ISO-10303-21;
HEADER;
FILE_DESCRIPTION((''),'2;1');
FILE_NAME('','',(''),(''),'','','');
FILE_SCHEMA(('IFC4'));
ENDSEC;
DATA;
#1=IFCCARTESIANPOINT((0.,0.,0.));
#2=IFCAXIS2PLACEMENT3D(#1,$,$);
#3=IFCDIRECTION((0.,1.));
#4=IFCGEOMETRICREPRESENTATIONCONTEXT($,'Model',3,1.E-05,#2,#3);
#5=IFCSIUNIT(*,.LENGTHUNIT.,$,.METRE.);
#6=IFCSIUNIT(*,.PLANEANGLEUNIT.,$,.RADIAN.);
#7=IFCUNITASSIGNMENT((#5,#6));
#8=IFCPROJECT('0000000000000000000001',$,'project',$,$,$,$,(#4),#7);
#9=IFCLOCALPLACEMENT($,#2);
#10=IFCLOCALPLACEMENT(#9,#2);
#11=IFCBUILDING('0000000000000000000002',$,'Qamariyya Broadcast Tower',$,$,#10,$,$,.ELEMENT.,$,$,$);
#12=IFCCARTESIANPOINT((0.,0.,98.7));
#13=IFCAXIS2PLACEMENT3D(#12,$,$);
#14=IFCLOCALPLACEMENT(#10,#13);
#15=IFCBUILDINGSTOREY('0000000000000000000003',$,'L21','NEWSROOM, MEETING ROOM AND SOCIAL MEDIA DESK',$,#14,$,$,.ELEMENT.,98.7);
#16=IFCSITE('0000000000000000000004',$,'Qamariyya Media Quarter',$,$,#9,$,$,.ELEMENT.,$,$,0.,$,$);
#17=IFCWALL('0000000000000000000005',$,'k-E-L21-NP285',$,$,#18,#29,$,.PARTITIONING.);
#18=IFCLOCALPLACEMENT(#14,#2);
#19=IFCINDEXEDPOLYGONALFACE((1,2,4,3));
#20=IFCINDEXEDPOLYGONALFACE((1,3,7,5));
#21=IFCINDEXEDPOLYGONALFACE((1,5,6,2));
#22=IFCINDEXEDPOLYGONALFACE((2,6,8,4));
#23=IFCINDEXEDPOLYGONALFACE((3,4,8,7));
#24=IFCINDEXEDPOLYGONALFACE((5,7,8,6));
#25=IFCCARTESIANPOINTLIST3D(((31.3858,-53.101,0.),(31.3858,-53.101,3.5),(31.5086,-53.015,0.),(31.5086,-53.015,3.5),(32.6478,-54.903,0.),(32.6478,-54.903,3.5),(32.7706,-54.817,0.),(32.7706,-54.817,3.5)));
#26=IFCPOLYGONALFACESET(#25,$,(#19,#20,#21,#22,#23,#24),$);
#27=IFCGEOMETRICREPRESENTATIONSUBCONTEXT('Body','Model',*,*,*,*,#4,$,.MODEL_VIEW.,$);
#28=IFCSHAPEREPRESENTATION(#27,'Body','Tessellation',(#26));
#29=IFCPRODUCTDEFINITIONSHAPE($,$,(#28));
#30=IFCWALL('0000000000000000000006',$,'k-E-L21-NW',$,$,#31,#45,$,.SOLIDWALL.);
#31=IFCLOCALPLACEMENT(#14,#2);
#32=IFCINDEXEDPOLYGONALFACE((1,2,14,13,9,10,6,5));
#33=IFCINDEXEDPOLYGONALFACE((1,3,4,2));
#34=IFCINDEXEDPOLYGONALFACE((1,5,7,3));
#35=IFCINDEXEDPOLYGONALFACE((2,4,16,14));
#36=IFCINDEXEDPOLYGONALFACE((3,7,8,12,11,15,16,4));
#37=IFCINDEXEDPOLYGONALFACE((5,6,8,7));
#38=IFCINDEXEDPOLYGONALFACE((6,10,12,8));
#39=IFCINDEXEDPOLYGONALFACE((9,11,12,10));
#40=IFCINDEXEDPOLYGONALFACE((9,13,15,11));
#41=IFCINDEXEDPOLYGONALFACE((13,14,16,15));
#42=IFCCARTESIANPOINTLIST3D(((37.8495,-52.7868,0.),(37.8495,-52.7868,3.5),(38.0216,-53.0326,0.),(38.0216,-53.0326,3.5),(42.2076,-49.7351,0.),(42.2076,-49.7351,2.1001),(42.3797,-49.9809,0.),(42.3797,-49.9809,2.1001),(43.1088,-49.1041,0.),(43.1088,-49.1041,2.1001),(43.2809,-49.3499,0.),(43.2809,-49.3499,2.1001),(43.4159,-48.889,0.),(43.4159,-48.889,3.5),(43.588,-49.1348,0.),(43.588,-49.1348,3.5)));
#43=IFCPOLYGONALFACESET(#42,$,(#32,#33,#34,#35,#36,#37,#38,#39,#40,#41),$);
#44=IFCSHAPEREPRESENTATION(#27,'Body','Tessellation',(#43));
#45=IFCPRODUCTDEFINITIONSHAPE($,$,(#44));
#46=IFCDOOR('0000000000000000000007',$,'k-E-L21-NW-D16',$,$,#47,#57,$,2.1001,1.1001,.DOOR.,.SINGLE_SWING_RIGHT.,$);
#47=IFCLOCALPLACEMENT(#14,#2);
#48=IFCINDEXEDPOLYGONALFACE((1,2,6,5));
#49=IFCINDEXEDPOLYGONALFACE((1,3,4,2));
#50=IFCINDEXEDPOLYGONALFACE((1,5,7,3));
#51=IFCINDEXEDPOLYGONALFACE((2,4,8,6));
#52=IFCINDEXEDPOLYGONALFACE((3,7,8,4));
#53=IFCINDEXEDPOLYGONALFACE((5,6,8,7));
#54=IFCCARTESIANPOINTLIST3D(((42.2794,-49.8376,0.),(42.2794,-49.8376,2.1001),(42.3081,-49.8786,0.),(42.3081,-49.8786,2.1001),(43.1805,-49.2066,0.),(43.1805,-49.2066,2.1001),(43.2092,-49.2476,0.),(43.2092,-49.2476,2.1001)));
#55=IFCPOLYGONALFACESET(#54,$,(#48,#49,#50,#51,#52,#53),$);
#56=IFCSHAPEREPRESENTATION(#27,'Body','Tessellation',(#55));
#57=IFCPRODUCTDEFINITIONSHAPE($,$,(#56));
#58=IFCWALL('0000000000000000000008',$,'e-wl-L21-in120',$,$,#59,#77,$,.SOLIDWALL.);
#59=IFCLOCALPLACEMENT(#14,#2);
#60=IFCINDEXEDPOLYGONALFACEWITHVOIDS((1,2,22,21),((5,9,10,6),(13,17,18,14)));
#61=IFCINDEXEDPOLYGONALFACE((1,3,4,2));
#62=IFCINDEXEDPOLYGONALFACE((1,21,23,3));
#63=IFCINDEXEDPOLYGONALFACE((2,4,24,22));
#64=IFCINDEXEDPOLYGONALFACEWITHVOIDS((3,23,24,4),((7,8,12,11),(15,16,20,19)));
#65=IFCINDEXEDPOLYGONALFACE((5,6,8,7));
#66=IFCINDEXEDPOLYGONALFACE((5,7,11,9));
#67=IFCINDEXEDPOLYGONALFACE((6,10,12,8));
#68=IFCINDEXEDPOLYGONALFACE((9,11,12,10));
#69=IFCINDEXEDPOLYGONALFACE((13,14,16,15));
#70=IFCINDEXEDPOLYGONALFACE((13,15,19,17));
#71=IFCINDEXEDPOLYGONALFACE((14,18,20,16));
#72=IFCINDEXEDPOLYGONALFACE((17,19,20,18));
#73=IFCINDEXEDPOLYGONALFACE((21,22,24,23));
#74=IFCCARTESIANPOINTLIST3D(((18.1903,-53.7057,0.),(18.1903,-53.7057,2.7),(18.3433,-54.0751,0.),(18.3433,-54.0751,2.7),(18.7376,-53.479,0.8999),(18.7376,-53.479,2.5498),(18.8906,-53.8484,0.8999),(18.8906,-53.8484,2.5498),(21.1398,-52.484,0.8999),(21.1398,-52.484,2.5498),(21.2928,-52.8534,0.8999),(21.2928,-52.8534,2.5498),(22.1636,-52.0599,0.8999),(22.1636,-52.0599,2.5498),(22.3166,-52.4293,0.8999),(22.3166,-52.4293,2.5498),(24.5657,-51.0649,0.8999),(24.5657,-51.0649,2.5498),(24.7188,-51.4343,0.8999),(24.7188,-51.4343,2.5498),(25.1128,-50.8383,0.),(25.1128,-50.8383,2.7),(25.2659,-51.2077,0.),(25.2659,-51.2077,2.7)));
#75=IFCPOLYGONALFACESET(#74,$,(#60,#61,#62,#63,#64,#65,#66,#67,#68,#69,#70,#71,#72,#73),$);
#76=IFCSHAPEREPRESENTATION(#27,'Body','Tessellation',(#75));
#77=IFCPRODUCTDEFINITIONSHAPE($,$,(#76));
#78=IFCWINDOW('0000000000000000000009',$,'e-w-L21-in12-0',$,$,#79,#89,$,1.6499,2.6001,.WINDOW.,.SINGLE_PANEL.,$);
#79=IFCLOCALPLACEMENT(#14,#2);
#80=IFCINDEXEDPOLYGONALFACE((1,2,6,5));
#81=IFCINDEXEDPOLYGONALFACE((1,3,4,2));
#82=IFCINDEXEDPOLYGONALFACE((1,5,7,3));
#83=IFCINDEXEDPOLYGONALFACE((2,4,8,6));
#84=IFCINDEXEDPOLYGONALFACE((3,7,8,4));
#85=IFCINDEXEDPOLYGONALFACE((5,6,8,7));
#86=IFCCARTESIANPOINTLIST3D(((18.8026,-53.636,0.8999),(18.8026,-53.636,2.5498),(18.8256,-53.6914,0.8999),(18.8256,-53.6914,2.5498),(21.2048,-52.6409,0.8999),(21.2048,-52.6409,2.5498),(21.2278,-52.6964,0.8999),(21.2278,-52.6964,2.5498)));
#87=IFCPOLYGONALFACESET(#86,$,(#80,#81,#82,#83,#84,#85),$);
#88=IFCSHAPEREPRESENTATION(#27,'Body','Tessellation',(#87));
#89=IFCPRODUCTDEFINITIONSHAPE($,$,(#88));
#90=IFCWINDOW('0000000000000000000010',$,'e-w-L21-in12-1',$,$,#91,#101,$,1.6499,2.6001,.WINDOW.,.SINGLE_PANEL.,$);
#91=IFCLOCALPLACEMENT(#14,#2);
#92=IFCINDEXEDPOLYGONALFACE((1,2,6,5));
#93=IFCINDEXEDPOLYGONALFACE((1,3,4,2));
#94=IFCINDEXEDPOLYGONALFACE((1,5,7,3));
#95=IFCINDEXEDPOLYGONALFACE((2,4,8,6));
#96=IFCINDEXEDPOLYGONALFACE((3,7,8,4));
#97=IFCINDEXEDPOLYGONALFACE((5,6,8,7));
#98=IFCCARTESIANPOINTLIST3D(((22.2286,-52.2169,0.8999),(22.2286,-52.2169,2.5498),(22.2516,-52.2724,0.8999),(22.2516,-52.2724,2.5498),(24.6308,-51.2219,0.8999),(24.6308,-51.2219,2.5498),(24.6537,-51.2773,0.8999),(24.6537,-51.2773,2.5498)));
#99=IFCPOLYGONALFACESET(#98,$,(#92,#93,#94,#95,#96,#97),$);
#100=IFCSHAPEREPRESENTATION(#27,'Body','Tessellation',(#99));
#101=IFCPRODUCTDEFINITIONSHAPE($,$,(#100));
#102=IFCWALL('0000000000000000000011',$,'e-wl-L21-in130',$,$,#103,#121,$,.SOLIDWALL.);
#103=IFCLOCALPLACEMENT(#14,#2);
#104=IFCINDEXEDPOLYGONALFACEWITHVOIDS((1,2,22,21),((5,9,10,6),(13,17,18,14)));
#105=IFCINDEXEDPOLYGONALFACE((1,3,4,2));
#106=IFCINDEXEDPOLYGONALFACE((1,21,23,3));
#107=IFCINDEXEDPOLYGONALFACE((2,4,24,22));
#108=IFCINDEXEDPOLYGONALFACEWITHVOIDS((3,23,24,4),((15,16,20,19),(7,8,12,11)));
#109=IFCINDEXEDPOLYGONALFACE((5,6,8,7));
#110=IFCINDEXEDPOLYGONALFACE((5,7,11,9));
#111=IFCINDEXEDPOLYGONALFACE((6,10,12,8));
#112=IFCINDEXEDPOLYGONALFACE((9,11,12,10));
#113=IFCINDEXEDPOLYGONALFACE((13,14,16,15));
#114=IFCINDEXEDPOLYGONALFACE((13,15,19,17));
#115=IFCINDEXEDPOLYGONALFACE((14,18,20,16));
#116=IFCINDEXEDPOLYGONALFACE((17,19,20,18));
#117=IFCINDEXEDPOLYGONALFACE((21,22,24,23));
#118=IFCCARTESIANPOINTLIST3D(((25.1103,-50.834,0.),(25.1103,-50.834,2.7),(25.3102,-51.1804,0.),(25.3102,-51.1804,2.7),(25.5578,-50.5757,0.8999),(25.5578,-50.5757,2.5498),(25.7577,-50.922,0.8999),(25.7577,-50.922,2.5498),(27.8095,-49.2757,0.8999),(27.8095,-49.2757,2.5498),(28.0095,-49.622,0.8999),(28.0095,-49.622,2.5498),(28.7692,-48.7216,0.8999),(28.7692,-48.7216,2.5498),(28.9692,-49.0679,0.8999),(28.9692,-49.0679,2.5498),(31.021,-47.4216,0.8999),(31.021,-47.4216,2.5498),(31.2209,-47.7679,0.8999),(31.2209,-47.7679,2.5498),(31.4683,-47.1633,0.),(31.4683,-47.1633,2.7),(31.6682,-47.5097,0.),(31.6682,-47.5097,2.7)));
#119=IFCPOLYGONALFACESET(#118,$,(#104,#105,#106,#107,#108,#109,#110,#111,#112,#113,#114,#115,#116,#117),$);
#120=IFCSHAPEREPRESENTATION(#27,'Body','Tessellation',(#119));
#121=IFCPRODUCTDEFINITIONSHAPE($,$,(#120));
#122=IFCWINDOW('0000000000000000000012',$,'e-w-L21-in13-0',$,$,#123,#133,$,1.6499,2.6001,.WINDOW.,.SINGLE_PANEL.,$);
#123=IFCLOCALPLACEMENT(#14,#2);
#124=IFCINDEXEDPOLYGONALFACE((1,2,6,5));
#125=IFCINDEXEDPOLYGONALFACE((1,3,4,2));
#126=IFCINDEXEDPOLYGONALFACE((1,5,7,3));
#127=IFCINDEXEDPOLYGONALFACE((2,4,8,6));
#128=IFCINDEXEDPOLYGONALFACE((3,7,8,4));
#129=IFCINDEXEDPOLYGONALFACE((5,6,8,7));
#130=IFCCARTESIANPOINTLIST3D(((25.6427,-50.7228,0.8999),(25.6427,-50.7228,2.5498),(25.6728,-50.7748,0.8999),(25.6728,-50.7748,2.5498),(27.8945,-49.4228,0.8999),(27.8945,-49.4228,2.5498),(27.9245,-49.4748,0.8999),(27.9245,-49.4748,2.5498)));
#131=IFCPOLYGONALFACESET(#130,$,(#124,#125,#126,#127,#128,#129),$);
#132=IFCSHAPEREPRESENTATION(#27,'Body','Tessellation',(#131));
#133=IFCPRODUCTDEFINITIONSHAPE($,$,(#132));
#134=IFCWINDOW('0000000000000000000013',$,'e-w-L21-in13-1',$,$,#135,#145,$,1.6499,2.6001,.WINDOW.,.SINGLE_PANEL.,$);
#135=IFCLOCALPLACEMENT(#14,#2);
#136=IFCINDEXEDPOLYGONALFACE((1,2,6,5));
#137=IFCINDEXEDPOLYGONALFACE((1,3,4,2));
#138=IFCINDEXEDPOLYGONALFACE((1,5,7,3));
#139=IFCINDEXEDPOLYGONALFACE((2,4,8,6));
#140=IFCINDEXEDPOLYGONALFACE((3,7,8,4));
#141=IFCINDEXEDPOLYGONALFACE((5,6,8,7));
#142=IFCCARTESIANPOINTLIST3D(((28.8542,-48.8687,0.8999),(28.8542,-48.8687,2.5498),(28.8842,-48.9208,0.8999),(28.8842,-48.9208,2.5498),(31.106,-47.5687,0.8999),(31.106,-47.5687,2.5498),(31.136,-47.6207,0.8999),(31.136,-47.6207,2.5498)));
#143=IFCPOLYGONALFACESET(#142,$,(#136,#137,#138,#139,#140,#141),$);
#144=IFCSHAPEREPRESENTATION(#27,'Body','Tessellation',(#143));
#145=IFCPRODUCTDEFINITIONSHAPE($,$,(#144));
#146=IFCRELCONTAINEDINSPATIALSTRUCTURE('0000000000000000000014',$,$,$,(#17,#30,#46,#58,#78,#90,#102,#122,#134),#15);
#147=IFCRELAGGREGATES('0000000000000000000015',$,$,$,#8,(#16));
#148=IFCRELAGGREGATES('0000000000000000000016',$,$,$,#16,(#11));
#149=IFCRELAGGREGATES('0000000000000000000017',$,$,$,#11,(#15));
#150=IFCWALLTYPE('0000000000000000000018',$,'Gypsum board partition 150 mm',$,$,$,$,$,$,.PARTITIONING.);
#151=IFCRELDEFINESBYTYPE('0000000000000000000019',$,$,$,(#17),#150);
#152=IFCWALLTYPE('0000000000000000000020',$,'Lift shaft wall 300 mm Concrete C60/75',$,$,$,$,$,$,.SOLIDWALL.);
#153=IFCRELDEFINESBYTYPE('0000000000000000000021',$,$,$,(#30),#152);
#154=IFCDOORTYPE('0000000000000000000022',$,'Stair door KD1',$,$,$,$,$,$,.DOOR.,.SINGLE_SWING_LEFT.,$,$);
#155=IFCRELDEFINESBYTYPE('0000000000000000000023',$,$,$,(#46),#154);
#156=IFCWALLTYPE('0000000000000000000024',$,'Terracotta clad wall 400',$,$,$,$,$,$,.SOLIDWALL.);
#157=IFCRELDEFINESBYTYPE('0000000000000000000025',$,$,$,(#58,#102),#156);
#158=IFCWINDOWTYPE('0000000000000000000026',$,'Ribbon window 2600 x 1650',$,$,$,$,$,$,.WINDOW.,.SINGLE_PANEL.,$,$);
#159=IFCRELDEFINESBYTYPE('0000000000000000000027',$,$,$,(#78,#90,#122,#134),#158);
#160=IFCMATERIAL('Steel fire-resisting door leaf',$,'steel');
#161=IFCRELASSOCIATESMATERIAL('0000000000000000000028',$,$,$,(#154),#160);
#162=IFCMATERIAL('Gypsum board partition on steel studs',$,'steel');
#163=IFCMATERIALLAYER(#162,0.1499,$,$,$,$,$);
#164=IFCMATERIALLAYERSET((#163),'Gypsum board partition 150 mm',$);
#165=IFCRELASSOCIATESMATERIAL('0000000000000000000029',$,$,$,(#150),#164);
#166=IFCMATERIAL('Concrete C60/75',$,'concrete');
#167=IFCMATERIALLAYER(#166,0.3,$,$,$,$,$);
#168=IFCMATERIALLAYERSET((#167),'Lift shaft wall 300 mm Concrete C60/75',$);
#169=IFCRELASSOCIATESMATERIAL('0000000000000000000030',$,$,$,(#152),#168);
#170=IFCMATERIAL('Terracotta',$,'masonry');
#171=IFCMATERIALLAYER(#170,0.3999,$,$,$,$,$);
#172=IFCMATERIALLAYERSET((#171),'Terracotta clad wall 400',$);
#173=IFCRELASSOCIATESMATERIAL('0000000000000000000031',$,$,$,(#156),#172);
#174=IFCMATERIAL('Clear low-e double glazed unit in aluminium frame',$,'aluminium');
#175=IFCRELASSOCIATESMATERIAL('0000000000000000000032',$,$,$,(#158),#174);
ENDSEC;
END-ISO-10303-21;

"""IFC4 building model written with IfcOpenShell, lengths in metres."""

from ifc_helpers import new_model, si_unit, direction, frame, frame_2d, origin, place, context, subcontext, project, spatial, rectangle, extrude, material, layer, layer_set, type_object, element, fill, save


model = new_model("IFC4")

# Units and contexts
model_context = context("Model", 3, precision=1e-05, world=origin(), true_north=direction((0.0, 1.0)))
body_context = subcontext(model_context, "Body", "Model", "MODEL_VIEW")
ifc_project = project(units=[si_unit("LENGTHUNIT", "METRE"), si_unit("PLANEANGLEUNIT", "RADIAN")], contexts=[model_context])

# Site, building, storey
site_placement = place(None, origin())
site = spatial("IfcSite", under=ifc_project, at=site_placement, Name="Qamariyya Media Quarter", CompositionType="ELEMENT", RefElevation=0.0)
building_placement = place(site_placement, origin())
building = spatial("IfcBuilding", under=site, at=building_placement, Name="Qamariyya Broadcast Tower", CompositionType="ELEMENT")
storey_placement = place(building_placement, frame((0.0, 0.0, 98.7)))
storey = spatial("IfcBuildingStorey", under=building, at=storey_placement, Name="L21", Description="NEWSROOM, MEETING ROOM AND SOCIAL MEDIA DESK", CompositionType="ELEMENT", Elevation=98.7)

# Shared definitions
ifc_material_1 = material(Name="Steel fire-resisting door leaf", Category="steel")
door_type_1 = type_object("IfcDoorType", Name="Stair door KD1", OperationType="SINGLE_SWING_LEFT", PredefinedType="DOOR", material=ifc_material_1)

# Wall
ifc_material_2 = material(Name="Gypsum board partition on steel studs", Category="steel")
ifc_layer_1 = layer(ifc_material_2, 0.1499)
ifc_layer_set_1 = layer_set([ifc_layer_1], Name="Gypsum board partition 150 mm")
wall_type_1 = type_object("IfcWallType", Name="Gypsum board partition 150 mm", PredefinedType="PARTITIONING", material=ifc_layer_set_1)
wall_1_placement = place(storey_placement, frame((32.7092, -54.8601, 0.0), z_axis=(0.0, 0.0, 1.0), x_axis=(-0.573634, 0.819112, 0.0)))
element("IfcWall", 1, at=wall_1_placement, inside=storey, type_object=wall_type_1, Name="k-E-L21-NP285", PredefinedType="PARTITIONING", context=body_context, shape_type="SweptSolid", body=[
    extrude(rectangle(XDim=2.2, YDim=0.1499, at=frame_2d((1.1001, 0.0))), origin(), (0.0, 0.0, 1.0), 3.5),
])

# Wall, opening, door
ifc_material_3 = material(Name="Concrete C60/75", Category="concrete")
ifc_layer_2 = layer(ifc_material_3, 0.3)
ifc_layer_set_2 = layer_set([ifc_layer_2], Name="Lift shaft wall 300 mm Concrete C60/75")
wall_type_2 = type_object("IfcWallType", Name="Lift shaft wall 300 mm Concrete C60/75", PredefinedType="SOLIDWALL", material=ifc_layer_set_2)
wall_2_placement = place(storey_placement, frame((37.9355, -52.9097, 0.0), z_axis=(0.0, 0.0, 1.0), x_axis=(0.819148, 0.573583, 0.0)))
wall_2 = element("IfcWall", 2, at=wall_2_placement, inside=storey, type_object=wall_type_2, Name="k-E-L21-NW", PredefinedType="SOLIDWALL", context=body_context, shape_type="SweptSolid", body=[
    extrude(rectangle(XDim=6.7954, YDim=0.3, at=frame_2d((3.3977, 0.0))), origin(), (0.0, 0.0, 1.0), 3.5),
])
opening_1_placement = place(wall_2_placement, frame((5.3203, 0.0, 0.0)))
opening_1 = element("IfcOpeningElement", 3, at=opening_1_placement, cuts=wall_2, PredefinedType="OPENING", context=body_context, shape_type="SweptSolid", body=[
    extrude(rectangle(XDim=1.1001, YDim=2.1001, at=frame_2d((0.55, 1.05))), frame((0.0, 0.1599, 0.0), z_axis=(0.0, -1.0, 0.0), x_axis=(1.0, 0.0, 0.0)), (0.0, 0.0, 1.0), 0.3201),
])
door_1_placement = place(opening_1_placement, origin())
door_1 = element("IfcDoor", 4, at=door_1_placement, inside=storey, type_object=door_type_1, Name="k-E-L21-NW-D16", OperationType="SINGLE_SWING_RIGHT", OverallHeight=2.1001, OverallWidth=1.1001, PredefinedType="DOOR", context=body_context, shape_type="SweptSolid", body=[
    extrude(rectangle(XDim=1.1001, YDim=2.1001, at=frame_2d((0.55, 1.05))), frame((0.0, 0.0249, 0.0), z_axis=(0.0, -1.0, 0.0), x_axis=(1.0, 0.0, 0.0)), (0.0, 0.0, 1.0), 0.05),
])
fill(opening_1, door_1)

# Walls, openings, windows
ifc_material_4 = material(Name="Terracotta", Category="masonry")
ifc_layer_3 = layer(ifc_material_4, 0.3999)
ifc_layer_set_3 = layer_set([ifc_layer_3], Name="Terracotta clad wall 400")
wall_type_3 = type_object("IfcWallType", Name="Terracotta clad wall 400", PredefinedType="SOLIDWALL", material=ifc_layer_set_3)
wall_3_placement = place(storey_placement, frame((25.1895, -51.0229, 0.0), z_axis=(0.0, 0.0, 1.0), x_axis=(-0.92388, -0.382683, 0.0)))
wall_3 = element("IfcWall", 5, at=wall_3_placement, inside=storey, type_object=wall_type_3, Name="e-wl-L21-in120", PredefinedType="SOLIDWALL", context=body_context, shape_type="SweptSolid", body=[
    extrude(rectangle(XDim=7.4929, YDim=0.3999, at=frame_2d((3.7466, 0.0))), origin(), (0.0, 0.0, 1.0), 2.7),
])
opening_2_placement = place(wall_3_placement, frame((4.3005, 0.0, 0.8999)))
opening_2 = element("IfcOpeningElement", 6, at=opening_2_placement, cuts=wall_3, PredefinedType="OPENING", context=body_context, shape_type="SweptSolid", body=[
    extrude(rectangle(XDim=2.6001, YDim=1.6499, at=frame_2d((1.3, 0.825))), frame((0.0, 0.21, 0.0), z_axis=(0.0, -1.0, 0.0), x_axis=(1.0, 0.0, 0.0)), (0.0, 0.0, 1.0), 0.4199),
])
opening_3_placement = place(wall_3_placement, frame((0.5923, 0.0, 0.8999)))
opening_3 = element("IfcOpeningElement", 7, at=opening_3_placement, cuts=wall_3, PredefinedType="OPENING", context=body_context, shape_type="SweptSolid", body=[
    extrude(rectangle(XDim=2.6001, YDim=1.6499, at=frame_2d((1.3, 0.825))), frame((0.0, 0.21, 0.0), z_axis=(0.0, -1.0, 0.0), x_axis=(1.0, 0.0, 0.0)), (0.0, 0.0, 1.0), 0.4199),
])
ifc_material_5 = material(Name="Clear low-e double glazed unit in aluminium frame", Category="aluminium")
window_type = type_object("IfcWindowType", Name="Ribbon window 2600 x 1650", PartitioningType="SINGLE_PANEL", PredefinedType="WINDOW", material=ifc_material_5)
window_1_placement = place(opening_2_placement, origin())
window_1 = element("IfcWindow", 8, at=window_1_placement, inside=storey, type_object=window_type, Name="e-w-L21-in12-0", OverallHeight=1.6499, OverallWidth=2.6001, PartitioningType="SINGLE_PANEL", PredefinedType="WINDOW", context=body_context, shape_type="SweptSolid", body=[
    extrude(rectangle(XDim=2.6001, YDim=1.6499, at=frame_2d((1.3, 0.825))), frame((0.0, 0.03, 0.0), z_axis=(0.0, -1.0, 0.0), x_axis=(1.0, 0.0, 0.0)), (0.0, 0.0, 1.0), 0.0601),
])
fill(opening_2, window_1)
window_2_placement = place(opening_3_placement, origin())
window_2 = element("IfcWindow", 9, at=window_2_placement, inside=storey, type_object=window_type, Name="e-w-L21-in12-1", OverallHeight=1.6499, OverallWidth=2.6001, PartitioningType="SINGLE_PANEL", PredefinedType="WINDOW", context=body_context, shape_type="SweptSolid", body=[
    extrude(rectangle(XDim=2.6001, YDim=1.6499, at=frame_2d((1.3, 0.825))), frame((0.0, 0.03, 0.0), z_axis=(0.0, -1.0, 0.0), x_axis=(1.0, 0.0, 0.0)), (0.0, 0.0, 1.0), 0.0601),
])
fill(opening_3, window_2)
wall_4_placement = place(storey_placement, frame((31.5684, -47.3364, 0.0), z_axis=(0.0, 0.0, 1.0), x_axis=(-0.866031, -0.499991, 0.0)))
wall_4 = element("IfcWall", 10, at=wall_4_placement, inside=storey, type_object=wall_type_3, Name="e-wl-L21-in130", PredefinedType="SOLIDWALL", context=body_context, shape_type="SweptSolid", body=[
    extrude(rectangle(XDim=7.3416, YDim=0.3999, at=frame_2d((3.6709, 0.0))), origin(), (0.0, 0.0, 1.0), 2.7),
])
opening_4_placement = place(wall_4_placement, frame((4.2249, 0.0, 0.8999)))
opening_4 = element("IfcOpeningElement", 11, at=opening_4_placement, cuts=wall_4, PredefinedType="OPENING", context=body_context, shape_type="SweptSolid", body=[
    extrude(rectangle(XDim=2.6001, YDim=1.6499, at=frame_2d((1.3, 0.825))), frame((0.0, 0.21, 0.0), z_axis=(0.0, -1.0, 0.0), x_axis=(1.0, 0.0, 0.0)), (0.0, 0.0, 1.0), 0.4199),
])
opening_5_placement = place(wall_4_placement, frame((0.5166, 0.0, 0.8999)))
opening_5 = element("IfcOpeningElement", 12, at=opening_5_placement, cuts=wall_4, PredefinedType="OPENING", context=body_context, shape_type="SweptSolid", body=[
    extrude(rectangle(XDim=2.6001, YDim=1.6499, at=frame_2d((1.3, 0.825))), frame((0.0, 0.21, 0.0), z_axis=(0.0, -1.0, 0.0), x_axis=(1.0, 0.0, 0.0)), (0.0, 0.0, 1.0), 0.4199),
])
window_3_placement = place(opening_4_placement, origin())
window_3 = element("IfcWindow", 13, at=window_3_placement, inside=storey, type_object=window_type, Name="e-w-L21-in13-0", OverallHeight=1.6499, OverallWidth=2.6001, PartitioningType="SINGLE_PANEL", PredefinedType="WINDOW", context=body_context, shape_type="SweptSolid", body=[
    extrude(rectangle(XDim=2.6001, YDim=1.6499, at=frame_2d((1.3, 0.825))), frame((0.0, 0.03, 0.0), z_axis=(0.0, -1.0, 0.0), x_axis=(1.0, 0.0, 0.0)), (0.0, 0.0, 1.0), 0.0601),
])
fill(opening_4, window_3)
window_4_placement = place(opening_5_placement, origin())
window_4 = element("IfcWindow", 14, at=window_4_placement, inside=storey, type_object=window_type, Name="e-w-L21-in13-1", OverallHeight=1.6499, OverallWidth=2.6001, PartitioningType="SINGLE_PANEL", PredefinedType="WINDOW", context=body_context, shape_type="SweptSolid", body=[
    extrude(rectangle(XDim=2.6001, YDim=1.6499, at=frame_2d((1.3, 0.825))), frame((0.0, 0.03, 0.0), z_axis=(0.0, -1.0, 0.0), x_axis=(1.0, 0.0, 0.0)), (0.0, 0.0, 1.0), 0.0601),
])
fill(opening_5, window_4)

save(model, "model.ifc")
